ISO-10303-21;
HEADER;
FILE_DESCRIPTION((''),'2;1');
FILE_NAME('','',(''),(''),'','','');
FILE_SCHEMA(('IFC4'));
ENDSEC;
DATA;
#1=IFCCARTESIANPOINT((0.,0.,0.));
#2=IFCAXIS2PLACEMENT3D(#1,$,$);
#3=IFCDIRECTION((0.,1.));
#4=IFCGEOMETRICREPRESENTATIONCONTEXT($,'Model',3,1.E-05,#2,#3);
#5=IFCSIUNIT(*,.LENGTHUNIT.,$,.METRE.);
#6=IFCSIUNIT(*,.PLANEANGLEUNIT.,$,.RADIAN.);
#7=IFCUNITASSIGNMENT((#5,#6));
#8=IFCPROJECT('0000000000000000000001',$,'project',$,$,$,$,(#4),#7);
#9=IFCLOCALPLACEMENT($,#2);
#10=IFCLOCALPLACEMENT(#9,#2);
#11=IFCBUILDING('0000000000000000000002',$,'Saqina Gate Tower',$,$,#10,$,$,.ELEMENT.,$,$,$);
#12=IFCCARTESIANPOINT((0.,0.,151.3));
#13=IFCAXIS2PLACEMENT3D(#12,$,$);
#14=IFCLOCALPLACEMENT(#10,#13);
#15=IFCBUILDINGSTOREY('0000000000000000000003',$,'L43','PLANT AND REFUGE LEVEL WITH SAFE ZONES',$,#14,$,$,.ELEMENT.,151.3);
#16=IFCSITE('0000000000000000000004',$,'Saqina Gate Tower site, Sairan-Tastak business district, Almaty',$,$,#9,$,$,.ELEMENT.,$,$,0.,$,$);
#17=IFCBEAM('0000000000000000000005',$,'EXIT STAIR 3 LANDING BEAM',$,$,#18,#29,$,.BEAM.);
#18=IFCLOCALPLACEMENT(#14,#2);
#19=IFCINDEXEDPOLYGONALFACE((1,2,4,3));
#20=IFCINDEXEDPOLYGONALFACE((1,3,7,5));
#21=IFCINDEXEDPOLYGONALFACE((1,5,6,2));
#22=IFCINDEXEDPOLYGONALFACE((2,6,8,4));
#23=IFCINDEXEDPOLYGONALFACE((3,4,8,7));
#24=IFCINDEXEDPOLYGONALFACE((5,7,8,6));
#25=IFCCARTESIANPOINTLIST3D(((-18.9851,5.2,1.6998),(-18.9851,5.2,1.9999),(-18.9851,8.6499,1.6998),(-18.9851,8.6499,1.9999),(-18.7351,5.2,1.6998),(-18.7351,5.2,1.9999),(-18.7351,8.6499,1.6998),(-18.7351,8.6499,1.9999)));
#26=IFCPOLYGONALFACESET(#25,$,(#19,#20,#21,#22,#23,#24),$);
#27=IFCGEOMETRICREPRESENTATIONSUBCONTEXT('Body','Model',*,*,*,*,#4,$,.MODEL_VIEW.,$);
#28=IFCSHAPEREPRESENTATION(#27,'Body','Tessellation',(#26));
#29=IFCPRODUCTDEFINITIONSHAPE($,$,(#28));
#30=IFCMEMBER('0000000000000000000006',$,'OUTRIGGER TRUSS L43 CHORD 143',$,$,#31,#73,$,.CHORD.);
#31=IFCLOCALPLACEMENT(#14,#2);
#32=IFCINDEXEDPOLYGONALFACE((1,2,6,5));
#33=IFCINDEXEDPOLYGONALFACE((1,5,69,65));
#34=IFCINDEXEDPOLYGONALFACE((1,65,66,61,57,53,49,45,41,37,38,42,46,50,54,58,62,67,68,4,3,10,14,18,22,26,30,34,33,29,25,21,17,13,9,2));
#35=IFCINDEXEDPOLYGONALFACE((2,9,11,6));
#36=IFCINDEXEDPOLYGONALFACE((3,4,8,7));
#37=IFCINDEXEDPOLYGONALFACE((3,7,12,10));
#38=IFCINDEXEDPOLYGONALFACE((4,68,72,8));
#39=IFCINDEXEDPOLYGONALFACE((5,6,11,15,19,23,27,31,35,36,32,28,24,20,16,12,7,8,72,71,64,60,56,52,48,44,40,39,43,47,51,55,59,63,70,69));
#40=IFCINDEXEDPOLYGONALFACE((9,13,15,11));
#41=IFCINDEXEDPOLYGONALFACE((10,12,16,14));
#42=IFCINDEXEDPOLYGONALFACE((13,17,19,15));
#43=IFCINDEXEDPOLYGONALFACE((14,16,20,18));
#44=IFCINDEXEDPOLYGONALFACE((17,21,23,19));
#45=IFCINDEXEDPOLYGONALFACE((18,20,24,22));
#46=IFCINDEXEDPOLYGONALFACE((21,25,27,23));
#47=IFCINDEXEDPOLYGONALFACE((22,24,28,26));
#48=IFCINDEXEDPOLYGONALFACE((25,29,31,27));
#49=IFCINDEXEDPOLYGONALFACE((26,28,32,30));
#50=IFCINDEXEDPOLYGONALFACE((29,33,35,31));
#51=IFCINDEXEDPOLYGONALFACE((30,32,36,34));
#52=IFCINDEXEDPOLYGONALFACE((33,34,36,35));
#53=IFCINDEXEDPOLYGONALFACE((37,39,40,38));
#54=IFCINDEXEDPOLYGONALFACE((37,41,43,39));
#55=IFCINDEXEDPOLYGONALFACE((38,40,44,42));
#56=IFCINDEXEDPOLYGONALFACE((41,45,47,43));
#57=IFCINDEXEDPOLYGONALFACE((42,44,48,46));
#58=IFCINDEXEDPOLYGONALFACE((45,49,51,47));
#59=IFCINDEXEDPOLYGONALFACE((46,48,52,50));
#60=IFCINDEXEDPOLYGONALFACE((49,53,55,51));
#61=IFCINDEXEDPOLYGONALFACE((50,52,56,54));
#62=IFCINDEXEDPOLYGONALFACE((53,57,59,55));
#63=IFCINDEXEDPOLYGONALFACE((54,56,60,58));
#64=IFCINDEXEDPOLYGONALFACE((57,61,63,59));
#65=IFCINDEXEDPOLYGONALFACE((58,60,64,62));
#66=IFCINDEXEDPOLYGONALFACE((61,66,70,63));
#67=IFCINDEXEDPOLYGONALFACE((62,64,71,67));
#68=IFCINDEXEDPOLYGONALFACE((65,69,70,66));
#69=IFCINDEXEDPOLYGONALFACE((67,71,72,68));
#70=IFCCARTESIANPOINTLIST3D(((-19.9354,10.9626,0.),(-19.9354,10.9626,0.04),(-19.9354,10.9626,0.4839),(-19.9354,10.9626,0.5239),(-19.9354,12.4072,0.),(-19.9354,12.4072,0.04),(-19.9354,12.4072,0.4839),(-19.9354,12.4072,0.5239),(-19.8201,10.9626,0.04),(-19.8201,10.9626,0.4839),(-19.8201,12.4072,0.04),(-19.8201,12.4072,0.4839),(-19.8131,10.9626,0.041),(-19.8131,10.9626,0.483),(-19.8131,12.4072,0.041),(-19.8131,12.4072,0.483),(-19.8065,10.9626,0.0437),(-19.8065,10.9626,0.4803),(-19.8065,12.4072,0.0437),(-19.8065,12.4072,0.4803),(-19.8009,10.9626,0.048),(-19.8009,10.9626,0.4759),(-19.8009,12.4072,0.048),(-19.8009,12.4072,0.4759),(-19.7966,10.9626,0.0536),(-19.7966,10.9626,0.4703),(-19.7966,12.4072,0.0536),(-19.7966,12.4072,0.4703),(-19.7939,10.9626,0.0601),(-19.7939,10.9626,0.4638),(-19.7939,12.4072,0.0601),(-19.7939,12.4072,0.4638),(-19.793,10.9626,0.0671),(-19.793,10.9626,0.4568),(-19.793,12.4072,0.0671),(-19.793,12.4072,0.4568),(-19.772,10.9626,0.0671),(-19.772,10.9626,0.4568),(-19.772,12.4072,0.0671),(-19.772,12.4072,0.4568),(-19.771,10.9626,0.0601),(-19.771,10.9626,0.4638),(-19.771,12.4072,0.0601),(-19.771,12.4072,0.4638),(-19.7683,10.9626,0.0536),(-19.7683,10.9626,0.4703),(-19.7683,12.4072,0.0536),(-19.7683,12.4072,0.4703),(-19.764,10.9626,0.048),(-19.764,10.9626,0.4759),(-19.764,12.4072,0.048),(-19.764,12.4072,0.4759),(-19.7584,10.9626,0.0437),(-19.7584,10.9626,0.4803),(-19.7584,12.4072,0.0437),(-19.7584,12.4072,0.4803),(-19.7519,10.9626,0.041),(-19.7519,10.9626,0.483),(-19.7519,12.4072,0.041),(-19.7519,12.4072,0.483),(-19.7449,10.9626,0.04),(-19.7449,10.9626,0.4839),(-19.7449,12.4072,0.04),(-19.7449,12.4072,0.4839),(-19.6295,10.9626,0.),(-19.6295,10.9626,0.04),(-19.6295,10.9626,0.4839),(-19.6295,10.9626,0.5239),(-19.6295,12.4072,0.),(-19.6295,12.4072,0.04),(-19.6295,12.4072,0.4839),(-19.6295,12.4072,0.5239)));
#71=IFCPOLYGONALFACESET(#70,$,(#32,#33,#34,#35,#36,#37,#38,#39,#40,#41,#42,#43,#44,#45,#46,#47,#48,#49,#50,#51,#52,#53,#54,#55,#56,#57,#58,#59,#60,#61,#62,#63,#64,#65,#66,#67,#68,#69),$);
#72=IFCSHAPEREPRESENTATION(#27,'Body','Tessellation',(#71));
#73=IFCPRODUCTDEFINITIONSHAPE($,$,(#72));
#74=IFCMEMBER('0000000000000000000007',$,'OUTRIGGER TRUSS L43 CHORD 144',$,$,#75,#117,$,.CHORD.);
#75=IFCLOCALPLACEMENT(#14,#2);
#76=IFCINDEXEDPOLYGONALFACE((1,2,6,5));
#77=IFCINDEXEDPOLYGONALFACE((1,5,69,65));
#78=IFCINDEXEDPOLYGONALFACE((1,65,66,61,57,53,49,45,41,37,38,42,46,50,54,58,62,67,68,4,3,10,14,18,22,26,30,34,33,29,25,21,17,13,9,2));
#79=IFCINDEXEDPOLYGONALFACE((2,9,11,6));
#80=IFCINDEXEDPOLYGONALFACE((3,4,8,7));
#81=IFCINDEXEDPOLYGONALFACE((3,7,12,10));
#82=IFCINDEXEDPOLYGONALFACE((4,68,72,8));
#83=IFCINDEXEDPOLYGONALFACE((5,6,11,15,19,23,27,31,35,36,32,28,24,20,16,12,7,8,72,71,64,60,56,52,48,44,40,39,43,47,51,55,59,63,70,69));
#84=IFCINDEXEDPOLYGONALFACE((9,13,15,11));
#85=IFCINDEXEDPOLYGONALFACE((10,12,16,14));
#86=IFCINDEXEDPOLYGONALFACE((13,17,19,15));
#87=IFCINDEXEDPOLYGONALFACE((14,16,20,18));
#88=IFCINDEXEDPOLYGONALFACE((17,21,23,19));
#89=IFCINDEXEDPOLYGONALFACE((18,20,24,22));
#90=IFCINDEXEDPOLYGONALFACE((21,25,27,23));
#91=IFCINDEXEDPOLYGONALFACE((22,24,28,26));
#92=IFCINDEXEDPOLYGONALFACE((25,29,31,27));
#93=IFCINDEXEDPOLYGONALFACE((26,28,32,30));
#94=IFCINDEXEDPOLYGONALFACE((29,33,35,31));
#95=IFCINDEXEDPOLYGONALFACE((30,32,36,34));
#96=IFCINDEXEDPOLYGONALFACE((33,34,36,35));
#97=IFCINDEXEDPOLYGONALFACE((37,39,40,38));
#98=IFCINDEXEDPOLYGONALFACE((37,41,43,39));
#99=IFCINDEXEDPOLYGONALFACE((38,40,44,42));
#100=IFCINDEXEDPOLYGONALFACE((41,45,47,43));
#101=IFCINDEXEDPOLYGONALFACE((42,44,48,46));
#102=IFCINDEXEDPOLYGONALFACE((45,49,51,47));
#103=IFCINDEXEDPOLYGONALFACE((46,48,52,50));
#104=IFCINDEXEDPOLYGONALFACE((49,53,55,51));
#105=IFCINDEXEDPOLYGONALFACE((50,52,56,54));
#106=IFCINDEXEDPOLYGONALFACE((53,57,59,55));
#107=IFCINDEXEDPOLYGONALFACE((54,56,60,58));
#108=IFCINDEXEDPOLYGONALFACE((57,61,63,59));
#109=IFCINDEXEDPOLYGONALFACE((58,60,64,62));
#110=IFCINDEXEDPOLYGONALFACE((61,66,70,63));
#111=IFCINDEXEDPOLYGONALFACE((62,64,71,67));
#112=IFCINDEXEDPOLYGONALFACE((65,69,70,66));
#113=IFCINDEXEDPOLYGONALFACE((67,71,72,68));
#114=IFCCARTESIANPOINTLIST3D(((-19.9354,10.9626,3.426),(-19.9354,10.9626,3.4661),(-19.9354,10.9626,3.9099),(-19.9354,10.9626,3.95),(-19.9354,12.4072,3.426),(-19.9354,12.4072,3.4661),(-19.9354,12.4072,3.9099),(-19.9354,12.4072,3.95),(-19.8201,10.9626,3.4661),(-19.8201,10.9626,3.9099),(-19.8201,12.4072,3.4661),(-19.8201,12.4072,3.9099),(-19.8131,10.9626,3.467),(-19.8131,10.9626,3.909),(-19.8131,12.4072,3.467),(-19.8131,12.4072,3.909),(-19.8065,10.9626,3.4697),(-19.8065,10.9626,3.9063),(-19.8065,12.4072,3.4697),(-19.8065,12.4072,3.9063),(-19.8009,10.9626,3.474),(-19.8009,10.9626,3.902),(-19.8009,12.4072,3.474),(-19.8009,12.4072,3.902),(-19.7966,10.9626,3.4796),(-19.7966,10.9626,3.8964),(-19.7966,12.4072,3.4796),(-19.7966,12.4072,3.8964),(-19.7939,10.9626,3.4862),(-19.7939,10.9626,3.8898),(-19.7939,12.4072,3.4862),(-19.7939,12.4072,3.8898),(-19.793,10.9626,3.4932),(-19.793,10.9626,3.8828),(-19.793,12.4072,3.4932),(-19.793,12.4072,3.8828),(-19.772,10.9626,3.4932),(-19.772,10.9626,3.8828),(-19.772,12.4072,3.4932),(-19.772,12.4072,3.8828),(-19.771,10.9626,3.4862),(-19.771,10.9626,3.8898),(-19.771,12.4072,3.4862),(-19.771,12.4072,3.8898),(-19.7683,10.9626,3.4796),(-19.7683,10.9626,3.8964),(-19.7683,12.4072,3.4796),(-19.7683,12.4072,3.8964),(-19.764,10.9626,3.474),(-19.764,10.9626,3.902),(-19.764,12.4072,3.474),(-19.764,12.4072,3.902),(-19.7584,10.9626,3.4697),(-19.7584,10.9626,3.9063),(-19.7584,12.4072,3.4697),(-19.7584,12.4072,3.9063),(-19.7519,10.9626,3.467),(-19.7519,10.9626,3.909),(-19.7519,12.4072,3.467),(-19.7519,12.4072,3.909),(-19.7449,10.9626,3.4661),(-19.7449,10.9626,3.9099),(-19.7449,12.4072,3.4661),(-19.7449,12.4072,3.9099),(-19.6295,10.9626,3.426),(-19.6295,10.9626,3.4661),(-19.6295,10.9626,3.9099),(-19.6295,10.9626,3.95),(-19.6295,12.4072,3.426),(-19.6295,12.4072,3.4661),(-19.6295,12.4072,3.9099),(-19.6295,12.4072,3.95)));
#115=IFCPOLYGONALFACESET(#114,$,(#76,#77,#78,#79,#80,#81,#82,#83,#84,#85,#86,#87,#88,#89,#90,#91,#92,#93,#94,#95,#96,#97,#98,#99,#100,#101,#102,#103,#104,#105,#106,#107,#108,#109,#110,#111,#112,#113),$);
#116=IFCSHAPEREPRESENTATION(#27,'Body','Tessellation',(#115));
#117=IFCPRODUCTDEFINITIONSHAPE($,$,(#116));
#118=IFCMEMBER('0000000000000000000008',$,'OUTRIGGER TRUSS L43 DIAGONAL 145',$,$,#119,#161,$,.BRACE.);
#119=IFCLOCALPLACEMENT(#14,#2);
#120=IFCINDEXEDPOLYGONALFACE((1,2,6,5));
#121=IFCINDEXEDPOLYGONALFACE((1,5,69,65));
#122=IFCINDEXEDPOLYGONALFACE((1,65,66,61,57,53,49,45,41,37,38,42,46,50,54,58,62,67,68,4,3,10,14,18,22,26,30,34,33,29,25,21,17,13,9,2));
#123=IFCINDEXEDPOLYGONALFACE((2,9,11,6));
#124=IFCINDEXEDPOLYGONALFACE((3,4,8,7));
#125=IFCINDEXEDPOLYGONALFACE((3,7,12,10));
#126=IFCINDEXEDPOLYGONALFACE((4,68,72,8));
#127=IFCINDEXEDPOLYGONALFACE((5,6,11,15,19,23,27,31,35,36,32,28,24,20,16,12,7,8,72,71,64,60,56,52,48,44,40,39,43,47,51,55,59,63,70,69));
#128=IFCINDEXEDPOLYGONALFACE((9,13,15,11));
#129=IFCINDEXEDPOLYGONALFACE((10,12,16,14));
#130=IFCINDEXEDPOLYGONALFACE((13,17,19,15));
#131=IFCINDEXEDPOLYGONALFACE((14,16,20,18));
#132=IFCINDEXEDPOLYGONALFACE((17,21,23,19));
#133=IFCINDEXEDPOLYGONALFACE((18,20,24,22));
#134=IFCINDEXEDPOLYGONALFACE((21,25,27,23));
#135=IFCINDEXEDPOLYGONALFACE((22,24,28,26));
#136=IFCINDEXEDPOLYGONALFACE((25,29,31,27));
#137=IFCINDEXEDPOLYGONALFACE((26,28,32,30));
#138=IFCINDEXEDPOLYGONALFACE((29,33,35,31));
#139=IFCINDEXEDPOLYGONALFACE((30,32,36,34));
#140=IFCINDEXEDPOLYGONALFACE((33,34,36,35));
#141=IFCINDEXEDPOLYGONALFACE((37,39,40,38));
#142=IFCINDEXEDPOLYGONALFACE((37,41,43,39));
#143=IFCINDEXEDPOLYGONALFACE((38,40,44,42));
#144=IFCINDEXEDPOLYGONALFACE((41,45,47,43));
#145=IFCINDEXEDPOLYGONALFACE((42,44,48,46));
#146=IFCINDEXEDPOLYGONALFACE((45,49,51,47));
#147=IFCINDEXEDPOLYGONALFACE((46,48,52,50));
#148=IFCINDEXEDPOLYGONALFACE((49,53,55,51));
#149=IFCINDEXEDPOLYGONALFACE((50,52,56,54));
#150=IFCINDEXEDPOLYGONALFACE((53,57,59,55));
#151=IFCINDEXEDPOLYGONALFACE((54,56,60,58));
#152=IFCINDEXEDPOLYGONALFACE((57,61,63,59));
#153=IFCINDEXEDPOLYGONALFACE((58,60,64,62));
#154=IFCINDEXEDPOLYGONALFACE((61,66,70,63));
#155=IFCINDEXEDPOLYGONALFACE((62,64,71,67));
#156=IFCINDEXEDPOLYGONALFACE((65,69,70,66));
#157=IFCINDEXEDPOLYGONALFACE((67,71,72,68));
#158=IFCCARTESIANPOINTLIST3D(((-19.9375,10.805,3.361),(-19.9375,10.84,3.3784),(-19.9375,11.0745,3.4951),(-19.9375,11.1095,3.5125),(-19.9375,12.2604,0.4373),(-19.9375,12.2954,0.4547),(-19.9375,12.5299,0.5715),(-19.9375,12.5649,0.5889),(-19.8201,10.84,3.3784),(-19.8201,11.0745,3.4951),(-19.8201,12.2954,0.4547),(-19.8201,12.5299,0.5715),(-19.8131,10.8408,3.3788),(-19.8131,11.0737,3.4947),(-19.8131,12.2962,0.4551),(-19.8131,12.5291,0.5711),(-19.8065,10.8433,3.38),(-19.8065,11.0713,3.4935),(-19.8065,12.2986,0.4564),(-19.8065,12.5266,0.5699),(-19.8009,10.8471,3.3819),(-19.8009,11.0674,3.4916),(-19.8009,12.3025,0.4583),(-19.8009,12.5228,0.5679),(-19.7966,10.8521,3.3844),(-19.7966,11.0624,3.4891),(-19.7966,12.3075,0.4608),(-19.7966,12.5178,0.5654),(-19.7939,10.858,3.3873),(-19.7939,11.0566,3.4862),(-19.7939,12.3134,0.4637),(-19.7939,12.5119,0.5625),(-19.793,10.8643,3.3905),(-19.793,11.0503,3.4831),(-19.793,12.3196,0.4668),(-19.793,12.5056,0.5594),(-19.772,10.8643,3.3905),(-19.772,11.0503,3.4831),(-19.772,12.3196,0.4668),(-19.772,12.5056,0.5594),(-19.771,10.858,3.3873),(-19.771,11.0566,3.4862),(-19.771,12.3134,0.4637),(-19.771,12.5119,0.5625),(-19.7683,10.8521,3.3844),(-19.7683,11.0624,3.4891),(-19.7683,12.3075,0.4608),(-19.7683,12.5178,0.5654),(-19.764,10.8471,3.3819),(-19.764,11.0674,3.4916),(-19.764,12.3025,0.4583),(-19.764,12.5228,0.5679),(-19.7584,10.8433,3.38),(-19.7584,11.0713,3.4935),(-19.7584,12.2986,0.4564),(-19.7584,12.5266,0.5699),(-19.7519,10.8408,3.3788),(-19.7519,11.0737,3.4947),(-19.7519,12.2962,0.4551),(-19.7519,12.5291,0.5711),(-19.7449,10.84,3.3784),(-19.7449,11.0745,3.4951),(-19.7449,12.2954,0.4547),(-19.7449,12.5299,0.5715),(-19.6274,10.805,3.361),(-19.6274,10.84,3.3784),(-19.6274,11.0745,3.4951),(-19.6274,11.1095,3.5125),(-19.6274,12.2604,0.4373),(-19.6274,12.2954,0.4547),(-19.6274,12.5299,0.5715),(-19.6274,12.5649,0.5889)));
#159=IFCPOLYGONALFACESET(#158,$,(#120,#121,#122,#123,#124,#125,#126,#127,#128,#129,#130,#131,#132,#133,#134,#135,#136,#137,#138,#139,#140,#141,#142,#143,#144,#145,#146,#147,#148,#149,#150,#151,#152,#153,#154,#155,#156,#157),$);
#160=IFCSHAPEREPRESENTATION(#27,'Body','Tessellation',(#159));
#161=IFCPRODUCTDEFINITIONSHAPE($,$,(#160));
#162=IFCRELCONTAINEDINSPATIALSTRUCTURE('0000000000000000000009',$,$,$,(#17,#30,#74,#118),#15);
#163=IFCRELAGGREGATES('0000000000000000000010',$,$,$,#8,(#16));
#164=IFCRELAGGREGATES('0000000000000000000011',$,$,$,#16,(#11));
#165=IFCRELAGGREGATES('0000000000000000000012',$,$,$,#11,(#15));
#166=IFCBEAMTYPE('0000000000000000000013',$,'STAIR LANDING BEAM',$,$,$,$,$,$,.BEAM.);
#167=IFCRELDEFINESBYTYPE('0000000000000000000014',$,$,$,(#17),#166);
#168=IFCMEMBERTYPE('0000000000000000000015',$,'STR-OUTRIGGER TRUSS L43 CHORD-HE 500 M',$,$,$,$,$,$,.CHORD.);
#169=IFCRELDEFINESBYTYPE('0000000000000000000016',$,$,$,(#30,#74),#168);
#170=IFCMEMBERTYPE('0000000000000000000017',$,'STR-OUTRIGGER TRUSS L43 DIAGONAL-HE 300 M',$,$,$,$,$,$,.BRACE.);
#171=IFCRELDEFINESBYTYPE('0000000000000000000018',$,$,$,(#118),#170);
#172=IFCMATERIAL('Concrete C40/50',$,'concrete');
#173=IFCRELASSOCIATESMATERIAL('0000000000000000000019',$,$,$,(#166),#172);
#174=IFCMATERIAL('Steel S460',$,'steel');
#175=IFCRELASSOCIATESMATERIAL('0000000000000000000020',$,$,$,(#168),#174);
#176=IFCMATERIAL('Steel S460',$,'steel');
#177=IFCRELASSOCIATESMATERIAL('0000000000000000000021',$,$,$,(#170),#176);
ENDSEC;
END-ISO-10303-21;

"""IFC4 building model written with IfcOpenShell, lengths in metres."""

from ifc_helpers import new_model, si_unit, direction, frame, origin, origin_2d, place, context, subcontext, project, spatial, rectangle, i_section, extrude, material, material_profile, profile_set, type_object, element, save


model = new_model("IFC4")

# Units and contexts
model_context = context("Model", 3, precision=1e-05, world=origin(), true_north=direction((0.0, 1.0)))
body_context = subcontext(model_context, "Body", "Model", "MODEL_VIEW")
ifc_project = project(units=[si_unit("LENGTHUNIT", "METRE"), si_unit("PLANEANGLEUNIT", "RADIAN")], contexts=[model_context])

# Site, building, storey
site_placement = place(None, origin())
site = spatial("IfcSite", under=ifc_project, at=site_placement, Name="Saqina Gate Tower site, Sairan-Tastak business district, Almaty", CompositionType="ELEMENT", RefElevation=0.0)
building_placement = place(site_placement, origin())
building = spatial("IfcBuilding", under=site, at=building_placement, Name="Saqina Gate Tower", CompositionType="ELEMENT")
storey_placement = place(building_placement, frame((0.0, 0.0, 151.3)))
storey = spatial("IfcBuildingStorey", under=building, at=storey_placement, Name="L43", Description="PLANT AND REFUGE LEVEL WITH SAFE ZONES", CompositionType="ELEMENT", Elevation=151.3)

# Beam
ifc_material_1 = material(Name="Concrete C40/50", Category="concrete")
ifc_material_profile_1 = material_profile(ifc_material_1, rectangle(XDim=0.25, YDim=0.3, at=origin_2d()), Name="STAIR LANDING BEAM")
ifc_profile_set_1 = profile_set([ifc_material_profile_1], Name="Concrete C40/50")
beam_type = type_object("IfcBeamType", Name="STAIR LANDING BEAM", PredefinedType="BEAM", material=ifc_profile_set_1)
beam_placement = place(storey_placement, frame((-18.8601, 5.2, 1.8499), z_axis=(0.0, 1.0, 0.0), x_axis=(-1.0, 0.0, 0.0)))
element("IfcBeam", 1, at=beam_placement, inside=storey, type_object=beam_type, Name="EXIT STAIR 3 LANDING BEAM", PredefinedType="BEAM", context=body_context, shape_type="SweptSolid", body=[
    extrude(rectangle(XDim=0.25, YDim=0.3, at=origin_2d()), origin(), (0.0, 0.0, 1.0), 3.45),
])

# Members
ifc_material_2 = material(Name="Steel S460", Category="steel")
ifc_material_profile_2 = material_profile(ifc_material_2, i_section(OverallWidth=0.3059, OverallDepth=0.5239, WebThickness=0.021, FlangeThickness=0.04, FilletRadius=0.0271, at=origin_2d()), Name="HE 500 M")
ifc_profile_set_2 = profile_set([ifc_material_profile_2], Name="Steel S460")
member_type_1 = type_object("IfcMemberType", Name="STR-OUTRIGGER TRUSS L43 CHORD-HE 500 M", PredefinedType="CHORD", material=ifc_profile_set_2)
for number, where, z_axis, x_axis, name in (
    (2, (-19.7825, 10.9626, 0.262), (0.0, 1.0, 0.0), (-1.0, 0.0, 0.0), "OUTRIGGER TRUSS L43 CHORD 143"),
    (3, (-19.7825, 10.9626, 3.688), (0.0, 1.0, 0.0), (-1.0, 0.0, 0.0), "OUTRIGGER TRUSS L43 CHORD 144"),
):
    element("IfcMember", number, at=place(storey_placement, frame(where, z_axis=z_axis, x_axis=x_axis)), inside=storey, type_object=member_type_1, Name=name, PredefinedType="CHORD", context=body_context, shape_type="SweptSolid", body=[
        extrude(i_section(OverallWidth=0.3059, OverallDepth=0.5239, WebThickness=0.021, FlangeThickness=0.04, FilletRadius=0.0271, at=origin_2d()), origin(), (0.0, 0.0, 1.0), 1.4446),
    ])
ifc_material_3 = material(Name="Steel S460", Category="steel")
ifc_material_profile_3 = material_profile(ifc_material_3, i_section(OverallWidth=0.3101, OverallDepth=0.3401, WebThickness=0.021, FlangeThickness=0.0391, FilletRadius=0.0271, at=origin_2d()), Name="HE 300 M")
ifc_profile_set_3 = profile_set([ifc_material_profile_3], Name="Steel S460")
member_type_2 = type_object("IfcMemberType", Name="STR-OUTRIGGER TRUSS L43 DIAGONAL-HE 300 M", PredefinedType="BRACE", material=ifc_profile_set_3)
member_placement = place(storey_placement, frame((-19.7825, 10.9573, 3.4368), z_axis=(0.0, 0.445628, -0.895218), x_axis=(-1.0, 0.0, 0.0)))
element("IfcMember", 4, at=member_placement, inside=storey, type_object=member_type_2, Name="OUTRIGGER TRUSS L43 DIAGONAL 145", PredefinedType="BRACE", context=body_context, shape_type="SweptSolid", body=[
    extrude(i_section(OverallWidth=0.3101, OverallDepth=0.3401, WebThickness=0.021, FlangeThickness=0.0391, FilletRadius=0.0271, at=origin_2d()), origin(), (0.0, 0.0, 1.0), 3.2659),
])

save(model, "model.ifc")
